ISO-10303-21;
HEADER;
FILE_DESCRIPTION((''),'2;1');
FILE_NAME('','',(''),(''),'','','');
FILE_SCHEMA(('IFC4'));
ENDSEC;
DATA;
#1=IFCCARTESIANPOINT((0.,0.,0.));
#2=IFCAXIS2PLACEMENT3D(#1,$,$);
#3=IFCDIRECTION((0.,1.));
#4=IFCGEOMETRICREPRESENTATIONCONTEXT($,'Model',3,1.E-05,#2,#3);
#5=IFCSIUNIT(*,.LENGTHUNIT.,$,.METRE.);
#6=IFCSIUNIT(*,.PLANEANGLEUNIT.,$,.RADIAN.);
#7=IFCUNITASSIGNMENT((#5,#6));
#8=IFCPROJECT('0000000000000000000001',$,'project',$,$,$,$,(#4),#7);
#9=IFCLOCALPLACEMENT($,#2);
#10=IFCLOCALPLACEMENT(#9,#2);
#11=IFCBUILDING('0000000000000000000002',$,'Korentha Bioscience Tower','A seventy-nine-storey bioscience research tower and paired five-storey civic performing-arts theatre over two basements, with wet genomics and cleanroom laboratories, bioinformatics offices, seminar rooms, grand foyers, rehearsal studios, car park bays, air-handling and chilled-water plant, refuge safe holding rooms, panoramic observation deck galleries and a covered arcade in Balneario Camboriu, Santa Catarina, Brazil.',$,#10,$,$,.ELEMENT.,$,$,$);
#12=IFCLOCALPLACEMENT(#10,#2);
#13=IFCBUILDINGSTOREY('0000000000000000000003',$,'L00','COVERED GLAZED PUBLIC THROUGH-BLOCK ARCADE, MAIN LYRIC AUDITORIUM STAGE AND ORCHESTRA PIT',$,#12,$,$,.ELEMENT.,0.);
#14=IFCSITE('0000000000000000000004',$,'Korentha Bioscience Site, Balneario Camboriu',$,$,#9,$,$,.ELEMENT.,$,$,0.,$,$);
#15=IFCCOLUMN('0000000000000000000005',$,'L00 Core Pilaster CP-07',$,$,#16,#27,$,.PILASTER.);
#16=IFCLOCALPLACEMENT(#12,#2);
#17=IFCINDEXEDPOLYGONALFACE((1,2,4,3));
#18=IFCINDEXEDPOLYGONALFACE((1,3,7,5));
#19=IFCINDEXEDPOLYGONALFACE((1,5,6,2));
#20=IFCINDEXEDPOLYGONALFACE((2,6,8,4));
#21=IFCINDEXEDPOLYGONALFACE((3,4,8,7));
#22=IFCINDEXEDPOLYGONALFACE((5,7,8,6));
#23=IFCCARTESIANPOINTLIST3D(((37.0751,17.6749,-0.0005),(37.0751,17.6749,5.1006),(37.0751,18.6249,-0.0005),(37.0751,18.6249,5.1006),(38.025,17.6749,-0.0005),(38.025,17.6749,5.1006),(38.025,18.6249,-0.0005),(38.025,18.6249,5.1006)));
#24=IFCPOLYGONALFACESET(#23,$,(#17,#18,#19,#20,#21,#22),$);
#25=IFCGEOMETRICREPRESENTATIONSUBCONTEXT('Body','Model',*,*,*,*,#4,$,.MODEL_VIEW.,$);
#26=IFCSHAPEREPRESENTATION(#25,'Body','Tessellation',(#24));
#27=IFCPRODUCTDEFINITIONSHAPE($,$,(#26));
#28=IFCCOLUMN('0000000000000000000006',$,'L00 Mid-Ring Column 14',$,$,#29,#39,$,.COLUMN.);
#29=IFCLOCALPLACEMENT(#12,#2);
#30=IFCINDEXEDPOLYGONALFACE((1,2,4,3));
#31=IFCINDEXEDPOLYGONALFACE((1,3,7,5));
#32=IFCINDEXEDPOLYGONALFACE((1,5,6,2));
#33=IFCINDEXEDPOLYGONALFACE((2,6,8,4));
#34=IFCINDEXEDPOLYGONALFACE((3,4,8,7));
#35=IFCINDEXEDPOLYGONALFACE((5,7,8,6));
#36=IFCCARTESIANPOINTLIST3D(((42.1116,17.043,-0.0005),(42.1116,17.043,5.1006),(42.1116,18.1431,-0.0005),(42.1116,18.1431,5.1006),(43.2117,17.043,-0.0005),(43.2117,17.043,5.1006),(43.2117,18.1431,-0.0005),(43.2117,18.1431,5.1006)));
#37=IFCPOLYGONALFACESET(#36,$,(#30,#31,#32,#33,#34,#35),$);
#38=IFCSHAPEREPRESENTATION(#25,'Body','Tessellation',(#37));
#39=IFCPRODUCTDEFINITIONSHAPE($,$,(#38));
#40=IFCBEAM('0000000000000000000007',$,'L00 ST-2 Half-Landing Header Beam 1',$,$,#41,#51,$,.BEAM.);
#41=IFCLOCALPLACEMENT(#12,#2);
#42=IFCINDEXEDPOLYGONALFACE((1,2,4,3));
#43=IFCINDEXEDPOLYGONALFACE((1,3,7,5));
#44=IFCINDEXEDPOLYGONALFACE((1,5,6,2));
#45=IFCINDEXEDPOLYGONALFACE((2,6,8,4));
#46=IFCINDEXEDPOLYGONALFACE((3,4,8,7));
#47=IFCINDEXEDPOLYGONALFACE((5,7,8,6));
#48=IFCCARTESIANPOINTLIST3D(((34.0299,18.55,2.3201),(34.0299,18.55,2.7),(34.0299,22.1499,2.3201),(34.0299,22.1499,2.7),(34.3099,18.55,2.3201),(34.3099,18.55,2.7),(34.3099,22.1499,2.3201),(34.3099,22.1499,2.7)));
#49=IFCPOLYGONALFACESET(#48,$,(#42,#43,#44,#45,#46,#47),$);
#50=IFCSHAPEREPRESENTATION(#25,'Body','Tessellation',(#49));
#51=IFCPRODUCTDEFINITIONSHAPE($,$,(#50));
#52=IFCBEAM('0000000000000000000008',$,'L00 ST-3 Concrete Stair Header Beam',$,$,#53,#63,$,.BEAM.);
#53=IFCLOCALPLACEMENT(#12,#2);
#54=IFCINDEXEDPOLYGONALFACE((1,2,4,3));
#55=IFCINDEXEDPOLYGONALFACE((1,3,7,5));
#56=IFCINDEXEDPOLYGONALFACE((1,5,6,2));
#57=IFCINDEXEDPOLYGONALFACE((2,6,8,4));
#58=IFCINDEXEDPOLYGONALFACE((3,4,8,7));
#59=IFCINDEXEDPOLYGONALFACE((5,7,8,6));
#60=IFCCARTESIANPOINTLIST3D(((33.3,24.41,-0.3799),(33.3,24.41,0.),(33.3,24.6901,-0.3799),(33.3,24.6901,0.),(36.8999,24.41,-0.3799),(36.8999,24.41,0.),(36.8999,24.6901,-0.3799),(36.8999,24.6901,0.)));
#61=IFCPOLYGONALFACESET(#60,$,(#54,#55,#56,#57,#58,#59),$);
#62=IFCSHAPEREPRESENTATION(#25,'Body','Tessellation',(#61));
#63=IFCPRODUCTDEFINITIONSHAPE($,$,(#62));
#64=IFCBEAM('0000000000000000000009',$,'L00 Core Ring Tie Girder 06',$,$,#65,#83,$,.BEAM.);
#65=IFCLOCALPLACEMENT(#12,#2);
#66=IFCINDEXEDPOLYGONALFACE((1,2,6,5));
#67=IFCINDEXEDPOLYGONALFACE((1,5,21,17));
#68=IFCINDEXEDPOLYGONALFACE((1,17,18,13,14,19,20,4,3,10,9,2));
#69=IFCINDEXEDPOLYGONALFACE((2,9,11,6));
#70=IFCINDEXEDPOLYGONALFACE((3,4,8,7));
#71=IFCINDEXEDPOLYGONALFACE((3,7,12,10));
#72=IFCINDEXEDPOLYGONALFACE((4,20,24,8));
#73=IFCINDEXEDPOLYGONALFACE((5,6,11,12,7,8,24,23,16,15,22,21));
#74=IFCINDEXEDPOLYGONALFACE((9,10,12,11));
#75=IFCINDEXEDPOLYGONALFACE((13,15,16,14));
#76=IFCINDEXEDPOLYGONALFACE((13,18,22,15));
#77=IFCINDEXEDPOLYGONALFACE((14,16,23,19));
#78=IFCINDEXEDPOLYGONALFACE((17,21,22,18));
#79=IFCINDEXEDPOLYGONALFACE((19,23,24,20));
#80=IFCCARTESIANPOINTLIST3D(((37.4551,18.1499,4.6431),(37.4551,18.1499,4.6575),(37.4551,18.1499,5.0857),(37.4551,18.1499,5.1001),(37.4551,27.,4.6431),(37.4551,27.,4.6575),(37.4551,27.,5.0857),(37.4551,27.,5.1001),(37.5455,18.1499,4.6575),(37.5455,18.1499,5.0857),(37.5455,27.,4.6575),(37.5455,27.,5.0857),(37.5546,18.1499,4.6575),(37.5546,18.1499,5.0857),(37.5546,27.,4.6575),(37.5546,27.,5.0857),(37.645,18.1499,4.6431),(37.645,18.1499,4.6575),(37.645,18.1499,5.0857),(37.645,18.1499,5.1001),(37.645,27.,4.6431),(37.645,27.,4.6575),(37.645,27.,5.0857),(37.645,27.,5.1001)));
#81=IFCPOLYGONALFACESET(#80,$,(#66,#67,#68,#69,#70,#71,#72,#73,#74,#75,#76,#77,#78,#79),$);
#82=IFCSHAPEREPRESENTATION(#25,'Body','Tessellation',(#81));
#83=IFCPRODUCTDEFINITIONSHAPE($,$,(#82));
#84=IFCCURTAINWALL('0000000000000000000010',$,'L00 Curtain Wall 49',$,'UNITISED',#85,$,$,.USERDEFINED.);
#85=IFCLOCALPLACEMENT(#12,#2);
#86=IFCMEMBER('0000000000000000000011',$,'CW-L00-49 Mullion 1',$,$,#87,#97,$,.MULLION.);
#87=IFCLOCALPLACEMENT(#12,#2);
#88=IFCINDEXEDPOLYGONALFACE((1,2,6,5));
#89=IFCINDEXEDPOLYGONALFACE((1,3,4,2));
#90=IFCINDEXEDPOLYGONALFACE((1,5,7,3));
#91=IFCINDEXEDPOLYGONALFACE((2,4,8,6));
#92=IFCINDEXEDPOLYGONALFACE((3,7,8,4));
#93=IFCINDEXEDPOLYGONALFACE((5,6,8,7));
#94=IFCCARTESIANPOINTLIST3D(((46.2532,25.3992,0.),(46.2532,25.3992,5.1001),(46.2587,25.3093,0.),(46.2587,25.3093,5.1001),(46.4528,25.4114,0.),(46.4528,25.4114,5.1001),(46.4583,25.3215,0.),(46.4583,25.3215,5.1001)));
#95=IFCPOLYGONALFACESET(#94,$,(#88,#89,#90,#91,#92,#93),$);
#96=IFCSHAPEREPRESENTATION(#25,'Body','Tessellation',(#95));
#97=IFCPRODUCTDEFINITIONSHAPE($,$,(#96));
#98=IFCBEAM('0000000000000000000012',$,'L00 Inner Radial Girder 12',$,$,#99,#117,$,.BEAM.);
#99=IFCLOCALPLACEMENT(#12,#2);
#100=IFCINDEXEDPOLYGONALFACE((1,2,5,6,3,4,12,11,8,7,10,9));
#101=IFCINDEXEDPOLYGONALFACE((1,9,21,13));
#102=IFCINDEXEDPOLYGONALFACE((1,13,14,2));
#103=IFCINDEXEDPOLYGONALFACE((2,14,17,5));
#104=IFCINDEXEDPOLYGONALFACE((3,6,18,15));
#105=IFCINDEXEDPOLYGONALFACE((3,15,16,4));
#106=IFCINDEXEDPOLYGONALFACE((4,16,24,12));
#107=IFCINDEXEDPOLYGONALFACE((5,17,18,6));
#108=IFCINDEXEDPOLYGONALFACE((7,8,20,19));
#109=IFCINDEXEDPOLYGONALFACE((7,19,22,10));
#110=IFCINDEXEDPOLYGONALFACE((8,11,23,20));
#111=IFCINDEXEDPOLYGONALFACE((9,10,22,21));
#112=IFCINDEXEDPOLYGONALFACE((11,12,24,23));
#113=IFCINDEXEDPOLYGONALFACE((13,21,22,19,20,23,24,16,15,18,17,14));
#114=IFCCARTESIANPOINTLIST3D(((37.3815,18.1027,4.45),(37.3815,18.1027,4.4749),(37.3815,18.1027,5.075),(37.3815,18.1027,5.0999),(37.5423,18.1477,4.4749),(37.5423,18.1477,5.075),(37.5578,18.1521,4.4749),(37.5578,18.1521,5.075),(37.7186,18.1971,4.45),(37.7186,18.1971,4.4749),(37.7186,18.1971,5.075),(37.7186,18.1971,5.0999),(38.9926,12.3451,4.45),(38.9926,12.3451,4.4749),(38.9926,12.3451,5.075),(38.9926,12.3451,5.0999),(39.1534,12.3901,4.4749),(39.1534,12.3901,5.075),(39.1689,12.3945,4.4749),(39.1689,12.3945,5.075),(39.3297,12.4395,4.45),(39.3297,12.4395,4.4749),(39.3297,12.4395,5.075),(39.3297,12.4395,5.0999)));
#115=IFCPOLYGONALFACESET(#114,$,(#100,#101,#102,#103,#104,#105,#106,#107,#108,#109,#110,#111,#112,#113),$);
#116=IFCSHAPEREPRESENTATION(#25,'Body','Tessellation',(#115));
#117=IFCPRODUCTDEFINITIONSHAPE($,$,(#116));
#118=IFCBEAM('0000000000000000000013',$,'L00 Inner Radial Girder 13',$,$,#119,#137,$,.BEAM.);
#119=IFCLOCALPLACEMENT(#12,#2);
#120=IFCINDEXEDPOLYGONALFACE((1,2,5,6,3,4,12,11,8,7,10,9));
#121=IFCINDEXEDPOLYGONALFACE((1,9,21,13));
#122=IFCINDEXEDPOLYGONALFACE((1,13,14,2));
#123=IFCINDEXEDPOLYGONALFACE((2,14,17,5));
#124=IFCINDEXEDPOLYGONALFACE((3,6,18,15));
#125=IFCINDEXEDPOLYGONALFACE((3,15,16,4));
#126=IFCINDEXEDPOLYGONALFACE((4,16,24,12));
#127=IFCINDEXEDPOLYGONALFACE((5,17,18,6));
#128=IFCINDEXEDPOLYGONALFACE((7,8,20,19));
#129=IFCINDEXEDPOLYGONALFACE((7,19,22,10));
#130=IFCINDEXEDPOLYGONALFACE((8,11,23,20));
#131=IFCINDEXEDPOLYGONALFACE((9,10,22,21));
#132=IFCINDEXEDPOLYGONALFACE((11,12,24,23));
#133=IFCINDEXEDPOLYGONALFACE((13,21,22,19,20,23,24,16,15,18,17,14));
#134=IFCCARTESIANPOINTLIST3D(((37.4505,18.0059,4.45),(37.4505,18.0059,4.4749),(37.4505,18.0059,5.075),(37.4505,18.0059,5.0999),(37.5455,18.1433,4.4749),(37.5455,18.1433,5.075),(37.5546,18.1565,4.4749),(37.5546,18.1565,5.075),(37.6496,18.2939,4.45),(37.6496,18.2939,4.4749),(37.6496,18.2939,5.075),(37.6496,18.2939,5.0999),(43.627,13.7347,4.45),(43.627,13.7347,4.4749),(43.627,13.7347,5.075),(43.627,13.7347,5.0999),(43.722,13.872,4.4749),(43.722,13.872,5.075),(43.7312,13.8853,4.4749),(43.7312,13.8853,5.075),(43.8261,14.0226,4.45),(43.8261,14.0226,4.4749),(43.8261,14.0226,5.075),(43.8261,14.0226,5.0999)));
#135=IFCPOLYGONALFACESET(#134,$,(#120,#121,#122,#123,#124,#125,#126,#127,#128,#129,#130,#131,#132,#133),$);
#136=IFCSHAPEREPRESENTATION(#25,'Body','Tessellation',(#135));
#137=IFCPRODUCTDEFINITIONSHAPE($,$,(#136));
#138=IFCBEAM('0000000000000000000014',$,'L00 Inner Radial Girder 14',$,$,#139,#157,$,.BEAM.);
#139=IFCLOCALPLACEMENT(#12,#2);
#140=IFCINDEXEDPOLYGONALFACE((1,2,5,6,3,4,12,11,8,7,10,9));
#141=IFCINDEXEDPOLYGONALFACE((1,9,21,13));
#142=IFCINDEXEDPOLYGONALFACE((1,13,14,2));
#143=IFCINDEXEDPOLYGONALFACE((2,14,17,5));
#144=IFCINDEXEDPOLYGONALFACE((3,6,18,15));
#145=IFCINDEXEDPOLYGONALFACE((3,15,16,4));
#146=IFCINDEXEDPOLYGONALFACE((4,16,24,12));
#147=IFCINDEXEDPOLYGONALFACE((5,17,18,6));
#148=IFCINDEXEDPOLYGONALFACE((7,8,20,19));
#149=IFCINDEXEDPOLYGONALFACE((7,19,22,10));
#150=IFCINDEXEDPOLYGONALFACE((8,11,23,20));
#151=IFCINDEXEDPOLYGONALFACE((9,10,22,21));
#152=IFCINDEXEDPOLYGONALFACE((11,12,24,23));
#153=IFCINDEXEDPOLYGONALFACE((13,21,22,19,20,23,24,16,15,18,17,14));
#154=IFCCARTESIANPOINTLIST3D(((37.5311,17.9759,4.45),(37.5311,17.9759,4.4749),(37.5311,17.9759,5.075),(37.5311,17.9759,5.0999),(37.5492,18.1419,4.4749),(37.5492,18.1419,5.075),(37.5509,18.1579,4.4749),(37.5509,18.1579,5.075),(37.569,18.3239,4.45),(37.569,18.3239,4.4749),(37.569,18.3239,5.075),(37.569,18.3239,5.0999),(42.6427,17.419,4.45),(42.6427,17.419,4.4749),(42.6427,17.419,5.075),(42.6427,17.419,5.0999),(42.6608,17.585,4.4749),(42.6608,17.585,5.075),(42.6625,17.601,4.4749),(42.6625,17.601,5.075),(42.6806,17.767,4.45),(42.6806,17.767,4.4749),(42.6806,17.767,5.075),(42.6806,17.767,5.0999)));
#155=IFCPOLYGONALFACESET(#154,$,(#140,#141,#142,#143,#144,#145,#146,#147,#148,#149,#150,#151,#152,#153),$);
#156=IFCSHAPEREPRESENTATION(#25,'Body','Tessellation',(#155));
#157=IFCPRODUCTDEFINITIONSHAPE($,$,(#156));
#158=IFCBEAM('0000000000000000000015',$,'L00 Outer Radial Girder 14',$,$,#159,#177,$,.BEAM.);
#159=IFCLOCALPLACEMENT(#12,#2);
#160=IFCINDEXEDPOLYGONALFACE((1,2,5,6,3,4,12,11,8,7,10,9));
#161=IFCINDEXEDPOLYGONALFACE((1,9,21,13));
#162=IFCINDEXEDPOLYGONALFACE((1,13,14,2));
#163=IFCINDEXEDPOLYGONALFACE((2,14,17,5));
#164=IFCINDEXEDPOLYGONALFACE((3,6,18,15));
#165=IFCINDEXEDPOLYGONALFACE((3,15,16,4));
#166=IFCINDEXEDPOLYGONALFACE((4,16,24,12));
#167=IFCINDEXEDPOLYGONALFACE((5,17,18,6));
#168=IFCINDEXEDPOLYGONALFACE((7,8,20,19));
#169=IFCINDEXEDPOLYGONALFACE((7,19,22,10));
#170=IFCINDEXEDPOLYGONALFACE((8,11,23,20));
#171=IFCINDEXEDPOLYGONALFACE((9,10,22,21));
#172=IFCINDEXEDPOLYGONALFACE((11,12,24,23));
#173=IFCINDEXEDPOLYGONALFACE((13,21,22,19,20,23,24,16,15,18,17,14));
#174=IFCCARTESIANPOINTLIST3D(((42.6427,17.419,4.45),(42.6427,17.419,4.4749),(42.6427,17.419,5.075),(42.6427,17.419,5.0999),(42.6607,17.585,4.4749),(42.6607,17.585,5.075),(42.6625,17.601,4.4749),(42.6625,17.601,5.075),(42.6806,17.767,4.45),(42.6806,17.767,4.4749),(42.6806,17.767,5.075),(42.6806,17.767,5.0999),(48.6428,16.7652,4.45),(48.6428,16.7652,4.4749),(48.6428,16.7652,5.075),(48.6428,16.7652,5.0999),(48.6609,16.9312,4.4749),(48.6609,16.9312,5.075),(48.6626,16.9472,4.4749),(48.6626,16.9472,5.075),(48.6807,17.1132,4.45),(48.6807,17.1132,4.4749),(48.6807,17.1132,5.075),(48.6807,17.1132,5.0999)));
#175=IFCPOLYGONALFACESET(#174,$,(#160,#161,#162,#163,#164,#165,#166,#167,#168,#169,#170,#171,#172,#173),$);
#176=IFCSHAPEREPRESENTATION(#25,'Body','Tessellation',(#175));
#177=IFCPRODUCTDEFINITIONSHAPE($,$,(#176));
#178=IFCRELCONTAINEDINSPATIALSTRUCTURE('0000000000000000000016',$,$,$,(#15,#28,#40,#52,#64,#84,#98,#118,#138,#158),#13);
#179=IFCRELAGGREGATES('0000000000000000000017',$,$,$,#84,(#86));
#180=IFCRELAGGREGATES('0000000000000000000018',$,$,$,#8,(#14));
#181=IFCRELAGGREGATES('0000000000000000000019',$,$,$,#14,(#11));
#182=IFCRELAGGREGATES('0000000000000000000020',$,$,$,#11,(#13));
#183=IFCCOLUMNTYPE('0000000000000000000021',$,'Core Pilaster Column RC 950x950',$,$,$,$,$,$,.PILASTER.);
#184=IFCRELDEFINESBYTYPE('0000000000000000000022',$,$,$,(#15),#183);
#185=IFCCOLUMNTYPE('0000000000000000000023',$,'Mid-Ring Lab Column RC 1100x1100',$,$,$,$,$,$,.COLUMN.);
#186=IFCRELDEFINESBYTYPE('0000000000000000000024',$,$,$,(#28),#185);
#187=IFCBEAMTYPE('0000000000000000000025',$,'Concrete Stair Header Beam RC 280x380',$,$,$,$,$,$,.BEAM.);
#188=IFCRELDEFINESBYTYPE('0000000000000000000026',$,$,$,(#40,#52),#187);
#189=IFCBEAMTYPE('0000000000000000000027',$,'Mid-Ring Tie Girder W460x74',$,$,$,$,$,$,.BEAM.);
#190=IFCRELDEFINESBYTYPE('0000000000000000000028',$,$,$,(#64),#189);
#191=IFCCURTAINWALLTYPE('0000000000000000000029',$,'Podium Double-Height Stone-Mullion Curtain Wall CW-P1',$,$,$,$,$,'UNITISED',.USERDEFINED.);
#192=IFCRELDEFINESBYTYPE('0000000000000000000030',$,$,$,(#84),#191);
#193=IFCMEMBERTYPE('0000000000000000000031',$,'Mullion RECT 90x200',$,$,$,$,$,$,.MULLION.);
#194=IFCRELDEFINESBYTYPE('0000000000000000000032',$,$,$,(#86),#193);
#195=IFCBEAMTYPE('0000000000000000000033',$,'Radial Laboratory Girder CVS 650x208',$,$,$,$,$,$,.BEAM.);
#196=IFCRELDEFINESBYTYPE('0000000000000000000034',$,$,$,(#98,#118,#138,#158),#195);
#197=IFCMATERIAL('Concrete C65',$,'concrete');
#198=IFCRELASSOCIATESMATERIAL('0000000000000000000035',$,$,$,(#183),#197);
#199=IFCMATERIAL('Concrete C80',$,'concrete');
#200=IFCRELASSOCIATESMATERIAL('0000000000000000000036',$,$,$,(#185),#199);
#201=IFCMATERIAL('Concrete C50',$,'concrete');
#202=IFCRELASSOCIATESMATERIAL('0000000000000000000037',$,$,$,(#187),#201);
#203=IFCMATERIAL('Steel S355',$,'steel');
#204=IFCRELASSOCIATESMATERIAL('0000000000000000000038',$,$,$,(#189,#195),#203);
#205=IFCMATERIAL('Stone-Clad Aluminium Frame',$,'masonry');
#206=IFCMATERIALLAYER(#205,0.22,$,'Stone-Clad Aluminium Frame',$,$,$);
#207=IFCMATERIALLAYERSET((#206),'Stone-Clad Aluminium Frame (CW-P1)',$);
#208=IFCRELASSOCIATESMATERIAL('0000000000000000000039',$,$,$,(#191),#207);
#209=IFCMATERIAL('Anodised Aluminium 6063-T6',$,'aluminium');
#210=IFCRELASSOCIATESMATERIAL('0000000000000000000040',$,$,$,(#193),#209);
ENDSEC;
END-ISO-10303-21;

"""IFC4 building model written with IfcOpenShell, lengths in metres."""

from ifc_helpers import new_model, si_unit, direction, frame, origin, origin_2d, place, context, subcontext, project, spatial, rectangle, i_section, extrude, material, layer, layer_set, material_profile, profile_set, type_object, element, aggregate, save


model = new_model("IFC4")

# Units and contexts
model_context = context("Model", 3, precision=1e-05, world=origin(), true_north=direction((0.0, 1.0)))
body_context = subcontext(model_context, "Body", "Model", "MODEL_VIEW")
ifc_project = project(units=[si_unit("LENGTHUNIT", "METRE"), si_unit("PLANEANGLEUNIT", "RADIAN")], contexts=[model_context])

# Site, building, storey
site_placement = place(None, origin())
site = spatial("IfcSite", under=ifc_project, at=site_placement, Name="Korentha Bioscience Site, Balneario Camboriu", CompositionType="ELEMENT", RefElevation=0.0)
building_placement = place(site_placement, origin())
building = spatial("IfcBuilding", under=site, at=building_placement, Name="Korentha Bioscience Tower", Description="A seventy-nine-storey bioscience research tower and paired five-storey civic performing-arts theatre over two basements, with wet genomics and cleanroom laboratories, bioinformatics offices, seminar rooms, grand foyers, rehearsal studios, car park bays, air-handling and chilled-water plant, refuge safe holding rooms, panoramic observation deck galleries and a covered arcade in Balneario Camboriu, Santa Catarina, Brazil.", CompositionType="ELEMENT")
storey_placement = place(building_placement, origin())
storey = spatial("IfcBuildingStorey", under=building, at=storey_placement, Name="L00", Description="COVERED GLAZED PUBLIC THROUGH-BLOCK ARCADE, MAIN LYRIC AUDITORIUM STAGE AND ORCHESTRA PIT", CompositionType="ELEMENT", Elevation=0.0)

# Columns
ifc_material_1 = material(Name="Concrete C65", Category="concrete")
ifc_material_profile_1 = material_profile(ifc_material_1, rectangle(XDim=0.95, YDim=0.95, at=origin_2d()), Name="Concrete C65")
ifc_profile_set_1 = profile_set([ifc_material_profile_1], Name="Concrete C65 (COL-CP09)")
column_type_1 = type_object("IfcColumnType", Name="Core Pilaster Column RC 950x950", PredefinedType="PILASTER", material=ifc_profile_set_1)
column_1_placement = place(storey_placement, frame((37.55, 18.1499, -0.0005), z_axis=(0.0, 0.0, 1.0), x_axis=(1.0, 0.0, 0.0)))
element("IfcColumn", 1, at=column_1_placement, inside=storey, type_object=column_type_1, Name="L00 Core Pilaster CP-07", PredefinedType="PILASTER", context=body_context, shape_type="SweptSolid", body=[
    extrude(rectangle(XDim=0.95, YDim=0.95, at=origin_2d()), origin(), (0.0, 0.0, 1.0), 5.1011),
])
ifc_material_2 = material(Name="Concrete C80", Category="concrete")
ifc_material_profile_2 = material_profile(ifc_material_2, rectangle(XDim=1.1001, YDim=1.1001, at=origin_2d()), Name="Concrete C80")
ifc_profile_set_2 = profile_set([ifc_material_profile_2], Name="Concrete C80 (COL-MR11)")
column_type_2 = type_object("IfcColumnType", Name="Mid-Ring Lab Column RC 1100x1100", PredefinedType="COLUMN", material=ifc_profile_set_2)
column_2_placement = place(storey_placement, frame((42.6616, 17.593, -0.0005), z_axis=(0.0, 0.0, 1.0), x_axis=(1.0, 0.0, 0.0)))
element("IfcColumn", 2, at=column_2_placement, inside=storey, type_object=column_type_2, Name="L00 Mid-Ring Column 14", PredefinedType="COLUMN", context=body_context, shape_type="SweptSolid", body=[
    extrude(rectangle(XDim=1.1001, YDim=1.1001, at=origin_2d()), origin(), (0.0, 0.0, 1.0), 5.1011),
])

# Beams
ifc_material_3 = material(Name="Concrete C50", Category="concrete")
ifc_material_profile_3 = material_profile(ifc_material_3, rectangle(XDim=0.28, YDim=0.3799, at=origin_2d()), Name="Concrete C50")
ifc_profile_set_3 = profile_set([ifc_material_profile_3], Name="Concrete C50 (ST-HB380)")
beam_type_1 = type_object("IfcBeamType", Name="Concrete Stair Header Beam RC 280x380", PredefinedType="BEAM", material=ifc_profile_set_3)
for number, where, z_axis, x_axis, name in (
    (3, (34.1699, 18.55, 2.51), (0.0, 1.0, 0.0), (-1.0, 0.0, 0.0), "L00 ST-2 Half-Landing Header Beam 1"),
    (4, (36.8999, 24.55, -0.1899), (-1.0, 0.0, 0.0), (0.0, -1.0, 0.0), "L00 ST-3 Concrete Stair Header Beam"),
):
    element("IfcBeam", number, at=place(storey_placement, frame(where, z_axis=z_axis, x_axis=x_axis)), inside=storey, type_object=beam_type_1, Name=name, PredefinedType="BEAM", context=body_context, shape_type="SweptSolid", body=[
        extrude(rectangle(XDim=0.28, YDim=0.3799, at=origin_2d()), origin(), (0.0, 0.0, 1.0), 3.5999),
    ])
ifc_material_4 = material(Name="Steel S355", Category="steel")
ifc_material_profile_4 = material_profile(ifc_material_4, i_section(OverallWidth=0.1899, OverallDepth=0.457, WebThickness=0.009, FlangeThickness=0.0144, at=origin_2d()), Name="Steel S355")
ifc_profile_set_4 = profile_set([ifc_material_profile_4], Name="Steel S355 (MB-460)")
beam_type_2 = type_object("IfcBeamType", Name="Mid-Ring Tie Girder W460x74", PredefinedType="BEAM", material=ifc_profile_set_4)
beam_1_placement = place(storey_placement, frame((37.55, 18.1499, 4.8716), z_axis=(0.0, 1.0, 0.0), x_axis=(-1.0, 0.0, 0.0)))
element("IfcBeam", 5, at=beam_1_placement, inside=storey, type_object=beam_type_2, Name="L00 Core Ring Tie Girder 06", PredefinedType="BEAM", context=body_context, shape_type="SweptSolid", body=[
    extrude(i_section(OverallWidth=0.1899, OverallDepth=0.457, WebThickness=0.009, FlangeThickness=0.0144, at=origin_2d()), origin(), (0.0, 0.0, 1.0), 8.8501),
])

# Curtain wall, member
ifc_material_5 = material(Name="Stone-Clad Aluminium Frame", Category="masonry")
ifc_layer_1 = layer(ifc_material_5, 0.22, Name="Stone-Clad Aluminium Frame")
ifc_layer_set_1 = layer_set([ifc_layer_1], Name="Stone-Clad Aluminium Frame (CW-P1)")
curtain_wall_type = type_object("IfcCurtainWallType", Name="Podium Double-Height Stone-Mullion Curtain Wall CW-P1", ElementType="UNITISED", PredefinedType="USERDEFINED", material=ifc_layer_set_1)
curtain_wall_placement = place(storey_placement, origin())
curtain_wall = element("IfcCurtainWall", 6, at=curtain_wall_placement, inside=storey, type_object=curtain_wall_type, Name="L00 Curtain Wall 49", ObjectType="UNITISED", PredefinedType="USERDEFINED")
ifc_material_6 = material(Name="Anodised Aluminium 6063-T6", Category="aluminium")
ifc_material_profile_5 = material_profile(ifc_material_6, rectangle(XDim=0.0901, YDim=0.2, at=origin_2d()), Name="Anodised Aluminium 6063-T6")
ifc_profile_set_5 = profile_set([ifc_material_profile_5], Name="Anodised Aluminium 6063-T6 (CW-MUL)")
member_type = type_object("IfcMemberType", Name="Mullion RECT 90x200", PredefinedType="MULLION", material=ifc_profile_set_5)
member_placement = place(storey_placement, frame((46.3557, 25.3604, 0.0), z_axis=(0.0, 0.0, 1.0), x_axis=(-0.061008, 0.998137, 0.0)))
member = element("IfcMember", 7, at=member_placement, type_object=member_type, Name="CW-L00-49 Mullion 1", PredefinedType="MULLION", context=body_context, shape_type="SweptSolid", body=[
    extrude(rectangle(XDim=0.0901, YDim=0.2, at=origin_2d()), origin(), (0.0, 0.0, 1.0), 5.1001),
])
aggregate(curtain_wall, [member])

# Beams
ifc_material_profile_6 = material_profile(ifc_material_4, i_section(OverallWidth=0.3501, OverallDepth=0.6499, WebThickness=0.0161, FlangeThickness=0.0249, at=origin_2d()), Name="Steel S355")
ifc_profile_set_6 = profile_set([ifc_material_profile_6], Name="Steel S355 (RB-650)")
beam_type_3 = type_object("IfcBeamType", Name="Radial Laboratory Girder CVS 650x208", PredefinedType="BEAM", material=ifc_profile_set_6)
beam_2_placement = place(storey_placement, frame((37.55, 18.1499, 4.7749), z_axis=(0.269469, -0.963009, 0.0), x_axis=(0.963009, 0.269469, 0.0)))
element("IfcBeam", 8, at=beam_2_placement, inside=storey, type_object=beam_type_3, Name="L00 Inner Radial Girder 12", PredefinedType="BEAM", context=body_context, shape_type="SweptSolid", body=[
    extrude(i_section(OverallWidth=0.3501, OverallDepth=0.6499, WebThickness=0.0161, FlangeThickness=0.0249, at=origin_2d()), origin(), (0.0, 0.0, 1.0), 5.9788),
])
beam_3_placement = place(storey_placement, frame((37.55, 18.1499, 4.7749), z_axis=(0.822492, -0.568777, 0.0), x_axis=(0.568777, 0.822492, 0.0)))
element("IfcBeam", 9, at=beam_3_placement, inside=storey, type_object=beam_type_3, Name="L00 Inner Radial Girder 13", PredefinedType="BEAM", context=body_context, shape_type="SweptSolid", body=[
    extrude(i_section(OverallWidth=0.3501, OverallDepth=0.6499, WebThickness=0.0161, FlangeThickness=0.0249, at=origin_2d()), origin(), (0.0, 0.0, 1.0), 7.5095),
])
beam_4_placement = place(storey_placement, frame((37.55, 18.1499, 4.7749), z_axis=(0.994118, -0.108305, 0.0), x_axis=(0.108305, 0.994118, 0.0)))
element("IfcBeam", 10, at=beam_4_placement, inside=storey, type_object=beam_type_3, Name="L00 Inner Radial Girder 14", PredefinedType="BEAM", context=body_context, shape_type="SweptSolid", body=[
    extrude(i_section(OverallWidth=0.3501, OverallDepth=0.6499, WebThickness=0.0161, FlangeThickness=0.0249, at=origin_2d()), origin(), (0.0, 0.0, 1.0), 5.1418),
])
beam_5_placement = place(storey_placement, frame((42.6616, 17.593, 4.7749), z_axis=(0.994116, -0.108323, 0.0), x_axis=(0.108323, 0.994116, 0.0)))
element("IfcBeam", 11, at=beam_5_placement, inside=storey, type_object=beam_type_3, Name="L00 Outer Radial Girder 14", PredefinedType="BEAM", context=body_context, shape_type="SweptSolid", body=[
    extrude(i_section(OverallWidth=0.3501, OverallDepth=0.6499, WebThickness=0.0161, FlangeThickness=0.0249, at=origin_2d()), origin(), (0.0, 0.0, 1.0), 6.0356),
])

save(model, "model.ifc")
